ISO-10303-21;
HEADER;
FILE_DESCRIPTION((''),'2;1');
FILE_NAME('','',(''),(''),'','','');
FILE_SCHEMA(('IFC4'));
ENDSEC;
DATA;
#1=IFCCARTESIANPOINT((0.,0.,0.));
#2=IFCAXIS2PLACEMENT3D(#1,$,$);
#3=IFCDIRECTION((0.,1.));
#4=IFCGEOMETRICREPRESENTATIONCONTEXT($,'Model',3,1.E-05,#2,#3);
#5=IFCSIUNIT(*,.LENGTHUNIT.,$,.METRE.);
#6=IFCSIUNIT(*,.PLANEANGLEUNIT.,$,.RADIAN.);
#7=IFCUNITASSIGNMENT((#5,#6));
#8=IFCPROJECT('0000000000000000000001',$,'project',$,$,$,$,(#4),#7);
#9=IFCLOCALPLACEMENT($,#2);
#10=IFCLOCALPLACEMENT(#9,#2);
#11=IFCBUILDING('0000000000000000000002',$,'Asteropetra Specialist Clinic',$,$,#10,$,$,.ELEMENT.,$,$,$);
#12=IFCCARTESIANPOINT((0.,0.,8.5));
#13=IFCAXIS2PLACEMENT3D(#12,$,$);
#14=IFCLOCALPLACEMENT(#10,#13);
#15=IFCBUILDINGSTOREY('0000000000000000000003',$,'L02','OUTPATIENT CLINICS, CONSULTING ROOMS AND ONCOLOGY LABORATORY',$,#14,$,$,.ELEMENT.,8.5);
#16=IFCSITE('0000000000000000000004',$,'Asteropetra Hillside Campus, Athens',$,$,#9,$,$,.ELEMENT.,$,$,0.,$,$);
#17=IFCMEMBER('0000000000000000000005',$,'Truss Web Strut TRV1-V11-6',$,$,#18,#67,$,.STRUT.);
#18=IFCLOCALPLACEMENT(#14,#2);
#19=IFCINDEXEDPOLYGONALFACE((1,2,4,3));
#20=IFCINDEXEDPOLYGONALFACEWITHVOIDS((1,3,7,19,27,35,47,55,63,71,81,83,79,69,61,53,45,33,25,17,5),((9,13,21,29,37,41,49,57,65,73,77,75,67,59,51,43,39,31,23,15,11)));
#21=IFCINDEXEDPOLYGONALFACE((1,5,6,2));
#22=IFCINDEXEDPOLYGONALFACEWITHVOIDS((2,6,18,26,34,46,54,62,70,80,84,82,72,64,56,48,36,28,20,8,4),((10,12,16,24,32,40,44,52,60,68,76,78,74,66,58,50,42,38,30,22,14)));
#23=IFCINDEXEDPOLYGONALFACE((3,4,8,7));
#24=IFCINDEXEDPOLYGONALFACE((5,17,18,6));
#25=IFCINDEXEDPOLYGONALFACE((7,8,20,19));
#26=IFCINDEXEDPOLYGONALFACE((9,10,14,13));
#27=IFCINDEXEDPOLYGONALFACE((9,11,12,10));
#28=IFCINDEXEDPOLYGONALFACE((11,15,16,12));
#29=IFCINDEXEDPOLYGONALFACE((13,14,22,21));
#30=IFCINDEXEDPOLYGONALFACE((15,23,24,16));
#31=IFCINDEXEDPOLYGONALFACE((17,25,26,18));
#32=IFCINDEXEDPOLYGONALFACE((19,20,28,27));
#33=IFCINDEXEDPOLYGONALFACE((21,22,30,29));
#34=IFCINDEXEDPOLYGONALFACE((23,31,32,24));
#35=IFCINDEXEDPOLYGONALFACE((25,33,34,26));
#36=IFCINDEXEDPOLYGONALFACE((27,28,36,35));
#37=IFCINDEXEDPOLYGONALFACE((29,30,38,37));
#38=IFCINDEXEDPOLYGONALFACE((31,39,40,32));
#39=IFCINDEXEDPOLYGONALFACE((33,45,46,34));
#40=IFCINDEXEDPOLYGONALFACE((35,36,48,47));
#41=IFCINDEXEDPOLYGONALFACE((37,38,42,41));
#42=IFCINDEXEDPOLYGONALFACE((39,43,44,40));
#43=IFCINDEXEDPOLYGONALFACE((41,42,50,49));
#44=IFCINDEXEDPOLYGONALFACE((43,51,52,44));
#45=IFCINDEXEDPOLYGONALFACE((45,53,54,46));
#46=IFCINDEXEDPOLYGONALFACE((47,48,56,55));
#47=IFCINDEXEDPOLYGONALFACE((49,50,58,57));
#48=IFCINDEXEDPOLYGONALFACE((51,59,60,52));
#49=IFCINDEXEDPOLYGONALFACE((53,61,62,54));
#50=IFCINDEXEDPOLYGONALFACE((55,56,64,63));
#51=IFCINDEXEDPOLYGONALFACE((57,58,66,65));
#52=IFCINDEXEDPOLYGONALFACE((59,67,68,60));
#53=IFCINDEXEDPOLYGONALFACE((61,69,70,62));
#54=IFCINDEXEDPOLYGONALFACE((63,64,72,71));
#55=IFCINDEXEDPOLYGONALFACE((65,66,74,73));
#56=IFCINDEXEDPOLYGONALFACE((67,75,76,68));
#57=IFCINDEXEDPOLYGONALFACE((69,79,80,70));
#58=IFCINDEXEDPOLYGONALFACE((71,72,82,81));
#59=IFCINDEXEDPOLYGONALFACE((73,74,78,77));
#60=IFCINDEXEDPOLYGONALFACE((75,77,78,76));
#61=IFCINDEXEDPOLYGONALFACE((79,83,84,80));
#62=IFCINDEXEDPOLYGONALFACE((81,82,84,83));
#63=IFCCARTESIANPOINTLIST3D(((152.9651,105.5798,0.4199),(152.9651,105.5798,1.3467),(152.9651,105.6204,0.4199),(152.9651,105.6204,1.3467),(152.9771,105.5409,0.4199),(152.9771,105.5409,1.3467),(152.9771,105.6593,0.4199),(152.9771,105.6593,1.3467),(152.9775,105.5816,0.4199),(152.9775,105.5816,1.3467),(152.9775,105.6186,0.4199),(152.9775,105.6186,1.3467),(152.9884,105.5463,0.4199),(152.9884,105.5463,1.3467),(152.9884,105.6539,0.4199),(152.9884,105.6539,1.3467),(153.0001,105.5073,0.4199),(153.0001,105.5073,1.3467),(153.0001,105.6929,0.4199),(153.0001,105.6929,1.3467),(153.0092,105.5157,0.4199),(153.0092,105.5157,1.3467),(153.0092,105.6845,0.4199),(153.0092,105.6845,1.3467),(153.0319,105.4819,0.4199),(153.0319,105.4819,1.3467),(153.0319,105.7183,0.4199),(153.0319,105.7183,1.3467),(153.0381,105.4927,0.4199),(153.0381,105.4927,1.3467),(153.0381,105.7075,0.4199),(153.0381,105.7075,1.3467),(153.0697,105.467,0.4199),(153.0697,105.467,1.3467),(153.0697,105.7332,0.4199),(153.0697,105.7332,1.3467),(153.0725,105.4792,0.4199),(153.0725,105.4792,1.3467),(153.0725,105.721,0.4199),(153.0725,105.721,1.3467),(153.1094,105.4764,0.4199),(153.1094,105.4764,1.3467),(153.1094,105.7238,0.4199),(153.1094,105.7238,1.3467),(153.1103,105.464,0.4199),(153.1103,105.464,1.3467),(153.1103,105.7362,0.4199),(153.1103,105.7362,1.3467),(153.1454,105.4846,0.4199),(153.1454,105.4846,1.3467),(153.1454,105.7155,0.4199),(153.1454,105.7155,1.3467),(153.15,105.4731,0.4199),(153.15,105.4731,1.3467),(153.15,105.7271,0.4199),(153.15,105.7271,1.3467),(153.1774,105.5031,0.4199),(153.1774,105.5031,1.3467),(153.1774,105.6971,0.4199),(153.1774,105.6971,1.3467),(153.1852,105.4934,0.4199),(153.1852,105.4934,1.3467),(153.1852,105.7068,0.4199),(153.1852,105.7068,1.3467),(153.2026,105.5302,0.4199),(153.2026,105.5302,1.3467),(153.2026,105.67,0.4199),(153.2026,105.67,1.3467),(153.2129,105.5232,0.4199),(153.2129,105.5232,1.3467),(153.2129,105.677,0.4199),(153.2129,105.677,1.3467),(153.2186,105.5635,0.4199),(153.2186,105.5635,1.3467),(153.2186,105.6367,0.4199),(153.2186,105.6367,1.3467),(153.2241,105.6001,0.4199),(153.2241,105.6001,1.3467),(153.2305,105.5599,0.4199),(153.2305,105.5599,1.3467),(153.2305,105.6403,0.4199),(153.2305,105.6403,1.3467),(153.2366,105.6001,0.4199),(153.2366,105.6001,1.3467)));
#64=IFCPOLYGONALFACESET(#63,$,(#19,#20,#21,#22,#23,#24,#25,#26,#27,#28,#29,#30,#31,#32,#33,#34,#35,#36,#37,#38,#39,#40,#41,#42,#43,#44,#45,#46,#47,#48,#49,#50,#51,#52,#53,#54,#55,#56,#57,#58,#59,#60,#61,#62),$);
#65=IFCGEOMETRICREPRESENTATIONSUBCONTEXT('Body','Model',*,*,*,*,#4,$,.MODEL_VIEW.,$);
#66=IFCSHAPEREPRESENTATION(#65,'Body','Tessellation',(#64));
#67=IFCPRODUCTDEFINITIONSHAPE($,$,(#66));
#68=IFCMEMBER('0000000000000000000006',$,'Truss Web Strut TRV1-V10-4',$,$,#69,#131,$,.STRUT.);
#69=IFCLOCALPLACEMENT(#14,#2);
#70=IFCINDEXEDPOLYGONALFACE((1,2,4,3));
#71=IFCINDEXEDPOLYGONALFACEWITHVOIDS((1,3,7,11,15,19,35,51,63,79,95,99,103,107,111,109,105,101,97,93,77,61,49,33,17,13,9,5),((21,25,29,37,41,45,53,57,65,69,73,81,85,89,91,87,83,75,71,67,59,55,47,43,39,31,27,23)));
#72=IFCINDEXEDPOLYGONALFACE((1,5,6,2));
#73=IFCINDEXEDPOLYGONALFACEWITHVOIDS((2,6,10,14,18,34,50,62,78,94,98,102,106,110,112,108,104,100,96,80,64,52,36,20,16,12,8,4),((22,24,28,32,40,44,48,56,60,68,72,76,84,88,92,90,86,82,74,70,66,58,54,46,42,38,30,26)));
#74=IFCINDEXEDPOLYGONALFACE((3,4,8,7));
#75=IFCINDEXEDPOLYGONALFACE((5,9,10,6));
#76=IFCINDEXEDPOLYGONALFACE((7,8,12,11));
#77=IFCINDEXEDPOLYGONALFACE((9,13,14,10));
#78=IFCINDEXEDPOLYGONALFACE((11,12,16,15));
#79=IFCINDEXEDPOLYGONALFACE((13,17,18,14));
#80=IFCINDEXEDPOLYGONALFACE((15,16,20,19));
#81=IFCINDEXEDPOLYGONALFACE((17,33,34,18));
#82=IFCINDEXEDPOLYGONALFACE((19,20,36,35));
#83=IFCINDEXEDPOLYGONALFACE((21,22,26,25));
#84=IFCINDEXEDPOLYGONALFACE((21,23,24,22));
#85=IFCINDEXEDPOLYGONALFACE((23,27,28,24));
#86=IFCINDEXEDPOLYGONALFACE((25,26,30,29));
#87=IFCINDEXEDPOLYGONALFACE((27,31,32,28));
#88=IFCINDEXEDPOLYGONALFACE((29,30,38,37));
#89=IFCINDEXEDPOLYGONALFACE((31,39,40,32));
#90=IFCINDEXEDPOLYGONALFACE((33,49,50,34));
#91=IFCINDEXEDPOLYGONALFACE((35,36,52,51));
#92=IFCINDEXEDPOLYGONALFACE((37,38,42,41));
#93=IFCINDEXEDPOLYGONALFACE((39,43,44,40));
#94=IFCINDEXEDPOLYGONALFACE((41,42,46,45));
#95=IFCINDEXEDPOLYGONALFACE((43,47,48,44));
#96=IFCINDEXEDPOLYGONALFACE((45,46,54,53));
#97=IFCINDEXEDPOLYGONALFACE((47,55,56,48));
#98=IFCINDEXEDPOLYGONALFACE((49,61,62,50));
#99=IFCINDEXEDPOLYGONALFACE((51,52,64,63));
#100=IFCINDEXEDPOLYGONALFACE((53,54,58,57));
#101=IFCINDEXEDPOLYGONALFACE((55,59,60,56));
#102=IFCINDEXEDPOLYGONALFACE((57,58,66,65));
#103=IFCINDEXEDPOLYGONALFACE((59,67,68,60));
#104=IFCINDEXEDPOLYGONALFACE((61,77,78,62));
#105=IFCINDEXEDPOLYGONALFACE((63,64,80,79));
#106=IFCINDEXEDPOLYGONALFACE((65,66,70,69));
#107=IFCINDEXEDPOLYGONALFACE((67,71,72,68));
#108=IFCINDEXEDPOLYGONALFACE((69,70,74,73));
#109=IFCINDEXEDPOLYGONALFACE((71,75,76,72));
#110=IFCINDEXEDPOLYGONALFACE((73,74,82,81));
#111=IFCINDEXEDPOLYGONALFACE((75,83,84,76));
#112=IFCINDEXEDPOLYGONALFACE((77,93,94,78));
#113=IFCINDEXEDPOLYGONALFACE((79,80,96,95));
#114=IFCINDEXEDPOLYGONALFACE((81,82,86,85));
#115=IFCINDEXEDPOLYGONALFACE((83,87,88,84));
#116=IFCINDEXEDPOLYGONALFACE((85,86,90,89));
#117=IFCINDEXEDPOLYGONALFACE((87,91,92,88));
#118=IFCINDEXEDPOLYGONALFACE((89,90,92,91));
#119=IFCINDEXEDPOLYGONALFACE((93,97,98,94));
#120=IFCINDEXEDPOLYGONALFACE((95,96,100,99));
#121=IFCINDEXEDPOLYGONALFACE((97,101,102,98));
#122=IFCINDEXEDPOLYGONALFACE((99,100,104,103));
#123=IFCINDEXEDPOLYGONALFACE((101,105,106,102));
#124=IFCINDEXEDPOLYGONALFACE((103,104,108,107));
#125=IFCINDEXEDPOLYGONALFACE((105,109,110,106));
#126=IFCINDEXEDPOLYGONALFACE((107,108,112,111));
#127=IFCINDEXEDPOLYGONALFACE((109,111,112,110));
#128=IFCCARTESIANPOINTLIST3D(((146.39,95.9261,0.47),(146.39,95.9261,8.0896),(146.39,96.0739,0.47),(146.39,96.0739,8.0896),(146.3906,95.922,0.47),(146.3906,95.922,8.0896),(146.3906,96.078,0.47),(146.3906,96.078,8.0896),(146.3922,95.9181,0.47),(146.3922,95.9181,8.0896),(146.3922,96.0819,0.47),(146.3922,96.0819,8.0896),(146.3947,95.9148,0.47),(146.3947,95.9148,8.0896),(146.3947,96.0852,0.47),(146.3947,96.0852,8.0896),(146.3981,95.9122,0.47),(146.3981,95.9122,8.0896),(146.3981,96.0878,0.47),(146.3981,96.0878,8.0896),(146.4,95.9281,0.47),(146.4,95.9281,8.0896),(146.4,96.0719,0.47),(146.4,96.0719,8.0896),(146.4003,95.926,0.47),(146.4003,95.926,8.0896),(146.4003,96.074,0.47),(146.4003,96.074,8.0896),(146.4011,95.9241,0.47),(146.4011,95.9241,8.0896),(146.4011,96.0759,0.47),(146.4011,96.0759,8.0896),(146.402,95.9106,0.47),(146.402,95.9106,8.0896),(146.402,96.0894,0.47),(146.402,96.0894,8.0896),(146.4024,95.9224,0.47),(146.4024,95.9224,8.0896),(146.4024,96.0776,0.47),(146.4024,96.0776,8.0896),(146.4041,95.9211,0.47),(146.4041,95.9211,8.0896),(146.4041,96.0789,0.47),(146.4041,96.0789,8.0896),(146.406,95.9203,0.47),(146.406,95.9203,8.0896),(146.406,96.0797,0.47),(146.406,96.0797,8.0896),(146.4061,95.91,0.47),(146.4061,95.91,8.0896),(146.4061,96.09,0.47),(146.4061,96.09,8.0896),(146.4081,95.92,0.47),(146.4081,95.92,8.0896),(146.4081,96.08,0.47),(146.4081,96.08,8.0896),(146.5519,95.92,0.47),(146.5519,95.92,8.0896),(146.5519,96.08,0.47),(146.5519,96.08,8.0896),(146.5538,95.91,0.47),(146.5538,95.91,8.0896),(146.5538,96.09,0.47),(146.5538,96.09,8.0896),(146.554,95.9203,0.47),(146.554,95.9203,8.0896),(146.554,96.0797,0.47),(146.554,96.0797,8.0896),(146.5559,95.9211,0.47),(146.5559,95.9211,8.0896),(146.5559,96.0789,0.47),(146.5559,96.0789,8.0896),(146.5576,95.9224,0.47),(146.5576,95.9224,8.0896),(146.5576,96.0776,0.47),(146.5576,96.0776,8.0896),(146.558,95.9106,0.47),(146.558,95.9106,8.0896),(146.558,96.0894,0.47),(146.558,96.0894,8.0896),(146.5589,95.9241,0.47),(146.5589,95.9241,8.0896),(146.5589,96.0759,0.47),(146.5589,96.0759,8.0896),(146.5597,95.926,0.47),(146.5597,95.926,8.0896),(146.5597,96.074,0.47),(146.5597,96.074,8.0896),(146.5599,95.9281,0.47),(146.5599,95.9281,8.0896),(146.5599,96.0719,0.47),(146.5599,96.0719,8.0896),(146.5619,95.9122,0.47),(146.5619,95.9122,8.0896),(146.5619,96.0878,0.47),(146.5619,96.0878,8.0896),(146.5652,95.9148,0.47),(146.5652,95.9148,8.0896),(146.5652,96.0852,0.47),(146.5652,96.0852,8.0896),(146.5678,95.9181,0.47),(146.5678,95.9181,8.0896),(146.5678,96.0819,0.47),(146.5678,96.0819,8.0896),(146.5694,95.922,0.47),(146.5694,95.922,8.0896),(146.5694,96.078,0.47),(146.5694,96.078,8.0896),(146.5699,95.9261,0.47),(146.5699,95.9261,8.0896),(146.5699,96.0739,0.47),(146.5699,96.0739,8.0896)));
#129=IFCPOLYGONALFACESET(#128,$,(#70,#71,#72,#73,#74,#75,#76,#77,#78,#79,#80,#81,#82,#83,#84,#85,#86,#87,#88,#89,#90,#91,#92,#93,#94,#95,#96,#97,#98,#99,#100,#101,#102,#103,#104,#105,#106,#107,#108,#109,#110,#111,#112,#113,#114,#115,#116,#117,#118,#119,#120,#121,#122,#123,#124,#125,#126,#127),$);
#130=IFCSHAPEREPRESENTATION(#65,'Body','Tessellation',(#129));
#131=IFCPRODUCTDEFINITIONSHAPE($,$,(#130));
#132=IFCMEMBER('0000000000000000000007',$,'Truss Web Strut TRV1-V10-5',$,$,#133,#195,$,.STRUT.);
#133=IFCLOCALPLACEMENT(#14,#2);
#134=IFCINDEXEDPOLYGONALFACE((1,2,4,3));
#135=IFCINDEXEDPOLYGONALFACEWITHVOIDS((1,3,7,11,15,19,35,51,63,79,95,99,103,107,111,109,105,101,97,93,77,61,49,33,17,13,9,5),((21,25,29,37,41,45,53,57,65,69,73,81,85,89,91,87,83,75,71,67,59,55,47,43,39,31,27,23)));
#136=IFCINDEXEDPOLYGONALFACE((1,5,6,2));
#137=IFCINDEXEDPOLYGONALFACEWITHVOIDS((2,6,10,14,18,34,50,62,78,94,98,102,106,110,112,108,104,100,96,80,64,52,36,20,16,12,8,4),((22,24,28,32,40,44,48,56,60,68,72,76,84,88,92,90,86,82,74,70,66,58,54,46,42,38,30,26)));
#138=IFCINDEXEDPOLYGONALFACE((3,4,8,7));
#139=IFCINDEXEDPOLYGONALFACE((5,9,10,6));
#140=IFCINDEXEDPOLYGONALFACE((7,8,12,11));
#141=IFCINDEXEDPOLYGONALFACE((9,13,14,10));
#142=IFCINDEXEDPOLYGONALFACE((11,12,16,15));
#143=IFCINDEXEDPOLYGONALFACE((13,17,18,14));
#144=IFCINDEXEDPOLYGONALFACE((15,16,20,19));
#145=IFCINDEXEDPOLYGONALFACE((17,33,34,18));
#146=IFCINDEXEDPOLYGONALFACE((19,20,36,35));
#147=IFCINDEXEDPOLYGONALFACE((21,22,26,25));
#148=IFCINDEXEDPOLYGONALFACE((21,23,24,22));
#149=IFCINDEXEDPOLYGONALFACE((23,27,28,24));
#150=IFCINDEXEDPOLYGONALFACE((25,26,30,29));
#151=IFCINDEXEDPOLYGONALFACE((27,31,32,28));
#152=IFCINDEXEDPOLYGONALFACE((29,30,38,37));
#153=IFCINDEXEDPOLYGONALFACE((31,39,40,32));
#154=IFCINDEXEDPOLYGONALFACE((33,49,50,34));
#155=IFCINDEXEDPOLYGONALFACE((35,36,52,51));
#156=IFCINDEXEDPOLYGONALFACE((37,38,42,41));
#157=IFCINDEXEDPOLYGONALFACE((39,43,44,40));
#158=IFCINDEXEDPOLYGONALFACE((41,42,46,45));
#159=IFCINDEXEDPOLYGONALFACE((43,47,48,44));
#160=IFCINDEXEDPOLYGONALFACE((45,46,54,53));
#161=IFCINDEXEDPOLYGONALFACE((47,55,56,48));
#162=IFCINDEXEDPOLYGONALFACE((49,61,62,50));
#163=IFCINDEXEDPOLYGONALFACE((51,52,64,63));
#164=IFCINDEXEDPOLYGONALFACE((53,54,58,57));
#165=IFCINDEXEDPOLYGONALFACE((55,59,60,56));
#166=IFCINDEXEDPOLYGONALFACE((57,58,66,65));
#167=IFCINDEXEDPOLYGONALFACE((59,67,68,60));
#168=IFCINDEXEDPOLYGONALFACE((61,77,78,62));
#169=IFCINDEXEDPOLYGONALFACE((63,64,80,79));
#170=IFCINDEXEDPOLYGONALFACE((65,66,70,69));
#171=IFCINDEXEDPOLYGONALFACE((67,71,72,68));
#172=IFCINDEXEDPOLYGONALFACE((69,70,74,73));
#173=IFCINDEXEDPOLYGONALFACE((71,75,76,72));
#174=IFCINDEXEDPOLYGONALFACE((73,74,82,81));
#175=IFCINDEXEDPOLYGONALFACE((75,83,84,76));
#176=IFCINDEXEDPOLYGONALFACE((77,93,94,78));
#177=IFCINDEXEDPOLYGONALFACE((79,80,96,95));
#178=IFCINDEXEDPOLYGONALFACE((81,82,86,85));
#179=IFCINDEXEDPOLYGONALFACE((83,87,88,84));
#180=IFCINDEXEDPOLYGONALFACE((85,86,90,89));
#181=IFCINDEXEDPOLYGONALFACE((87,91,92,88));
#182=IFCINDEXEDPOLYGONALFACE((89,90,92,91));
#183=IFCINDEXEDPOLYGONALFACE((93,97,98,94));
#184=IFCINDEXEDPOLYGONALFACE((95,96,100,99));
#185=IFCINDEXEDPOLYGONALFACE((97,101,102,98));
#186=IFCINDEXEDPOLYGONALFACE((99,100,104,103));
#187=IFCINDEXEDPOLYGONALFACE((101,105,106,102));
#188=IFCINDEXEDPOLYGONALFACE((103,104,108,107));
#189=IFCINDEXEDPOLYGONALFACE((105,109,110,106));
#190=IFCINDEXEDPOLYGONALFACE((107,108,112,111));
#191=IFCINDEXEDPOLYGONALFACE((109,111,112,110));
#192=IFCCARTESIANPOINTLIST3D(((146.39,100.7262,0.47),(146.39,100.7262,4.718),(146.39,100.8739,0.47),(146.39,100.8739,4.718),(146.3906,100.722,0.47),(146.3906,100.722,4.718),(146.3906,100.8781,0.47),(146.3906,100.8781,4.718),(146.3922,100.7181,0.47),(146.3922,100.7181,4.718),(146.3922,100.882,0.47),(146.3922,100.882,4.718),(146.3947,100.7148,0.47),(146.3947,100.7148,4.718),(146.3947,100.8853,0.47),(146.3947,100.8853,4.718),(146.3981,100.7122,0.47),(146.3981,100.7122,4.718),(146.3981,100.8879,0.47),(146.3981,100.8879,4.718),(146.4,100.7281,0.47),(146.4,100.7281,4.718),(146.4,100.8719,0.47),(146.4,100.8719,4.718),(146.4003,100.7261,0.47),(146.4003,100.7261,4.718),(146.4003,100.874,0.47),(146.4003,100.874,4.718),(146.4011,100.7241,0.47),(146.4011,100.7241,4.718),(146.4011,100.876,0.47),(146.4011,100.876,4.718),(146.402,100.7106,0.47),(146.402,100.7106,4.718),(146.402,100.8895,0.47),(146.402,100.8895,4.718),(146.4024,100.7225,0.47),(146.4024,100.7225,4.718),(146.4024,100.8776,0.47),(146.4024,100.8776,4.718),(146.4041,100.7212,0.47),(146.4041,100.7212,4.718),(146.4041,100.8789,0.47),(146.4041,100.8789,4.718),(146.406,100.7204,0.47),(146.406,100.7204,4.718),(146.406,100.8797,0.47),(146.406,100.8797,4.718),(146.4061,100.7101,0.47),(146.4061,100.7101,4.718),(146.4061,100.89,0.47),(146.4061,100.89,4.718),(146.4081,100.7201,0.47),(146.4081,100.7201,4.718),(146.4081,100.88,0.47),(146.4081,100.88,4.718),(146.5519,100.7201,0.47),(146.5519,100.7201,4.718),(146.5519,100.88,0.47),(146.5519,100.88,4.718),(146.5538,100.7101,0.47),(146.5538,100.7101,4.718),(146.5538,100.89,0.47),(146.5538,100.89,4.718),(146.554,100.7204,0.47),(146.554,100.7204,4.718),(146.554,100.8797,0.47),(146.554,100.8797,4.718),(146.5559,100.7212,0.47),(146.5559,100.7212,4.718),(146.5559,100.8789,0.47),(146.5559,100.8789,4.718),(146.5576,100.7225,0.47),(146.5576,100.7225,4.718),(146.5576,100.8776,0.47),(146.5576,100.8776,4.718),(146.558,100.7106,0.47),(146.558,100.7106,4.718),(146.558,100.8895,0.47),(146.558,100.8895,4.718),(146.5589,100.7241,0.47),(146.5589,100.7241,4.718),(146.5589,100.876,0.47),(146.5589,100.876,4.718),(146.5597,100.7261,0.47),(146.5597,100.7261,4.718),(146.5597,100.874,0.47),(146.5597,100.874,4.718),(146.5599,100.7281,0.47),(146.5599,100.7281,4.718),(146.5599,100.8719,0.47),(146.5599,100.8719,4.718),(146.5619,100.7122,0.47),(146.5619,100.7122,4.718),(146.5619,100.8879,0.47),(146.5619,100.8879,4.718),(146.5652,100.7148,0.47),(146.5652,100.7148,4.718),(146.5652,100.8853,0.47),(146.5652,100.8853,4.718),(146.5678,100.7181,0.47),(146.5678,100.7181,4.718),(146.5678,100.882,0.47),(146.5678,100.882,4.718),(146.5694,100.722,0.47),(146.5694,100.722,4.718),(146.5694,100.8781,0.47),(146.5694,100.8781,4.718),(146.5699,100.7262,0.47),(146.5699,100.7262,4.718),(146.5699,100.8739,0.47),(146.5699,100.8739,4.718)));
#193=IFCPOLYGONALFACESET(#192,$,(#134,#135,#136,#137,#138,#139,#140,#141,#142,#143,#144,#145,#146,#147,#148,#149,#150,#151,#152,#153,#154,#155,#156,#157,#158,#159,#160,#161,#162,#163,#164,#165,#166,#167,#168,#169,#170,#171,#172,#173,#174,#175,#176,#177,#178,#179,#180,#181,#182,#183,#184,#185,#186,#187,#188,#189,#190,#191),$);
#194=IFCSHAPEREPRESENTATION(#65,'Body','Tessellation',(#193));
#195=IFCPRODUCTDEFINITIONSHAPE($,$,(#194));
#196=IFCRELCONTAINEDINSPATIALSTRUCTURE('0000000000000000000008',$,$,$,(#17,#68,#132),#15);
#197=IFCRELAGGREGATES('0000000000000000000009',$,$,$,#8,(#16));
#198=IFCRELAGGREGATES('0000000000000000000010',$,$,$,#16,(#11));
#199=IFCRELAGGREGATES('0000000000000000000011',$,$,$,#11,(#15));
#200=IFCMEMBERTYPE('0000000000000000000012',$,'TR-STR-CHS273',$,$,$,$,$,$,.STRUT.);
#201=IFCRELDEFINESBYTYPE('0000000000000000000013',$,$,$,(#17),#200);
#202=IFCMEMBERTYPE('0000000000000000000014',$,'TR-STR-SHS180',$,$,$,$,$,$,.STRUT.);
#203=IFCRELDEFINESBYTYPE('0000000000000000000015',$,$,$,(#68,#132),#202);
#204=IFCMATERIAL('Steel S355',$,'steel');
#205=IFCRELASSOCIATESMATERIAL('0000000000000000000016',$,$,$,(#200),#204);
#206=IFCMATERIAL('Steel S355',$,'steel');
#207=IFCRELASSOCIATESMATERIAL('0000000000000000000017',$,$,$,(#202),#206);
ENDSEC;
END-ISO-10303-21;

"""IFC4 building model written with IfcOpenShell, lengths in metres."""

from ifc_helpers import new_model, si_unit, direction, frame, origin, origin_2d, place, context, subcontext, project, spatial, hollow_rectangle, hollow_circle, extrude, material, material_profile, profile_set, type_object, element, save


model = new_model("IFC4")

# Units and contexts
model_context = context("Model", 3, precision=1e-05, world=origin(), true_north=direction((0.0, 1.0)))
body_context = subcontext(model_context, "Body", "Model", "MODEL_VIEW")
ifc_project = project(units=[si_unit("LENGTHUNIT", "METRE"), si_unit("PLANEANGLEUNIT", "RADIAN")], contexts=[model_context])

# Site, building, storey
site_placement = place(None, origin())
site = spatial("IfcSite", under=ifc_project, at=site_placement, Name="Asteropetra Hillside Campus, Athens", CompositionType="ELEMENT", RefElevation=0.0)
building_placement = place(site_placement, origin())
building = spatial("IfcBuilding", under=site, at=building_placement, Name="Asteropetra Specialist Clinic", CompositionType="ELEMENT")
storey_placement = place(building_placement, frame((0.0, 0.0, 8.5)))
storey = spatial("IfcBuildingStorey", under=building, at=storey_placement, Name="L02", Description="OUTPATIENT CLINICS, CONSULTING ROOMS AND ONCOLOGY LABORATORY", CompositionType="ELEMENT", Elevation=8.5)

# Members
ifc_material_1 = material(Name="Steel S355", Category="steel")
ifc_material_profile_1 = material_profile(ifc_material_1, hollow_circle(Radius=0.1365, WallThickness=0.0125, at=origin_2d()), Name="CHS 273.0x12.5")
ifc_profile_set_1 = profile_set([ifc_material_profile_1], Name="Steel S355")
member_type_1 = type_object("IfcMemberType", Name="TR-STR-CHS273", PredefinedType="STRUT", material=ifc_profile_set_1)
member_1_placement = place(storey_placement, frame((153.1001, 105.6001, 0.4199), z_axis=(0.0, 0.0, 1.0), x_axis=(1.0, 0.0, 0.0)))
element("IfcMember", 1, at=member_1_placement, inside=storey, type_object=member_type_1, Name="Truss Web Strut TRV1-V11-6", PredefinedType="STRUT", context=body_context, shape_type="SweptSolid", body=[
    extrude(hollow_circle(Radius=0.1365, WallThickness=0.0125, at=origin_2d()), origin(), (0.0, 0.0, 1.0), 0.9268),
])
ifc_material_2 = material(Name="Steel S355", Category="steel")
ifc_material_profile_2 = material_profile(ifc_material_2, hollow_rectangle(XDim=0.1799, YDim=0.1799, WallThickness=0.01, InnerFilletRadius=0.0081, OuterFilletRadius=0.0161, at=origin_2d()), Name="SHS 180x180x10.0")
ifc_profile_set_2 = profile_set([ifc_material_profile_2], Name="Steel S355")
member_type_2 = type_object("IfcMemberType", Name="TR-STR-SHS180", PredefinedType="STRUT", material=ifc_profile_set_2)
member_2_placement = place(storey_placement, frame((146.48, 96.0, 0.47), z_axis=(0.0, 0.0, 1.0), x_axis=(1.0, 0.0, 0.0)))
element("IfcMember", 2, at=member_2_placement, inside=storey, type_object=member_type_2, Name="Truss Web Strut TRV1-V10-4", PredefinedType="STRUT", context=body_context, shape_type="SweptSolid", body=[
    extrude(hollow_rectangle(XDim=0.1799, YDim=0.1799, WallThickness=0.01, InnerFilletRadius=0.0081, OuterFilletRadius=0.0161, at=origin_2d()), origin(), (0.0, 0.0, 1.0), 7.6196),
])
member_3_placement = place(storey_placement, frame((146.48, 100.8, 0.47), z_axis=(0.0, 0.0, 1.0), x_axis=(1.0, 0.0, 0.0)))
element("IfcMember", 3, at=member_3_placement, inside=storey, type_object=member_type_2, Name="Truss Web Strut TRV1-V10-5", PredefinedType="STRUT", context=body_context, shape_type="SweptSolid", body=[
    extrude(hollow_rectangle(XDim=0.1799, YDim=0.1799, WallThickness=0.01, InnerFilletRadius=0.0081, OuterFilletRadius=0.0161, at=origin_2d()), origin(), (0.0, 0.0, 1.0), 4.248),
])

save(model, "model.ifc")
